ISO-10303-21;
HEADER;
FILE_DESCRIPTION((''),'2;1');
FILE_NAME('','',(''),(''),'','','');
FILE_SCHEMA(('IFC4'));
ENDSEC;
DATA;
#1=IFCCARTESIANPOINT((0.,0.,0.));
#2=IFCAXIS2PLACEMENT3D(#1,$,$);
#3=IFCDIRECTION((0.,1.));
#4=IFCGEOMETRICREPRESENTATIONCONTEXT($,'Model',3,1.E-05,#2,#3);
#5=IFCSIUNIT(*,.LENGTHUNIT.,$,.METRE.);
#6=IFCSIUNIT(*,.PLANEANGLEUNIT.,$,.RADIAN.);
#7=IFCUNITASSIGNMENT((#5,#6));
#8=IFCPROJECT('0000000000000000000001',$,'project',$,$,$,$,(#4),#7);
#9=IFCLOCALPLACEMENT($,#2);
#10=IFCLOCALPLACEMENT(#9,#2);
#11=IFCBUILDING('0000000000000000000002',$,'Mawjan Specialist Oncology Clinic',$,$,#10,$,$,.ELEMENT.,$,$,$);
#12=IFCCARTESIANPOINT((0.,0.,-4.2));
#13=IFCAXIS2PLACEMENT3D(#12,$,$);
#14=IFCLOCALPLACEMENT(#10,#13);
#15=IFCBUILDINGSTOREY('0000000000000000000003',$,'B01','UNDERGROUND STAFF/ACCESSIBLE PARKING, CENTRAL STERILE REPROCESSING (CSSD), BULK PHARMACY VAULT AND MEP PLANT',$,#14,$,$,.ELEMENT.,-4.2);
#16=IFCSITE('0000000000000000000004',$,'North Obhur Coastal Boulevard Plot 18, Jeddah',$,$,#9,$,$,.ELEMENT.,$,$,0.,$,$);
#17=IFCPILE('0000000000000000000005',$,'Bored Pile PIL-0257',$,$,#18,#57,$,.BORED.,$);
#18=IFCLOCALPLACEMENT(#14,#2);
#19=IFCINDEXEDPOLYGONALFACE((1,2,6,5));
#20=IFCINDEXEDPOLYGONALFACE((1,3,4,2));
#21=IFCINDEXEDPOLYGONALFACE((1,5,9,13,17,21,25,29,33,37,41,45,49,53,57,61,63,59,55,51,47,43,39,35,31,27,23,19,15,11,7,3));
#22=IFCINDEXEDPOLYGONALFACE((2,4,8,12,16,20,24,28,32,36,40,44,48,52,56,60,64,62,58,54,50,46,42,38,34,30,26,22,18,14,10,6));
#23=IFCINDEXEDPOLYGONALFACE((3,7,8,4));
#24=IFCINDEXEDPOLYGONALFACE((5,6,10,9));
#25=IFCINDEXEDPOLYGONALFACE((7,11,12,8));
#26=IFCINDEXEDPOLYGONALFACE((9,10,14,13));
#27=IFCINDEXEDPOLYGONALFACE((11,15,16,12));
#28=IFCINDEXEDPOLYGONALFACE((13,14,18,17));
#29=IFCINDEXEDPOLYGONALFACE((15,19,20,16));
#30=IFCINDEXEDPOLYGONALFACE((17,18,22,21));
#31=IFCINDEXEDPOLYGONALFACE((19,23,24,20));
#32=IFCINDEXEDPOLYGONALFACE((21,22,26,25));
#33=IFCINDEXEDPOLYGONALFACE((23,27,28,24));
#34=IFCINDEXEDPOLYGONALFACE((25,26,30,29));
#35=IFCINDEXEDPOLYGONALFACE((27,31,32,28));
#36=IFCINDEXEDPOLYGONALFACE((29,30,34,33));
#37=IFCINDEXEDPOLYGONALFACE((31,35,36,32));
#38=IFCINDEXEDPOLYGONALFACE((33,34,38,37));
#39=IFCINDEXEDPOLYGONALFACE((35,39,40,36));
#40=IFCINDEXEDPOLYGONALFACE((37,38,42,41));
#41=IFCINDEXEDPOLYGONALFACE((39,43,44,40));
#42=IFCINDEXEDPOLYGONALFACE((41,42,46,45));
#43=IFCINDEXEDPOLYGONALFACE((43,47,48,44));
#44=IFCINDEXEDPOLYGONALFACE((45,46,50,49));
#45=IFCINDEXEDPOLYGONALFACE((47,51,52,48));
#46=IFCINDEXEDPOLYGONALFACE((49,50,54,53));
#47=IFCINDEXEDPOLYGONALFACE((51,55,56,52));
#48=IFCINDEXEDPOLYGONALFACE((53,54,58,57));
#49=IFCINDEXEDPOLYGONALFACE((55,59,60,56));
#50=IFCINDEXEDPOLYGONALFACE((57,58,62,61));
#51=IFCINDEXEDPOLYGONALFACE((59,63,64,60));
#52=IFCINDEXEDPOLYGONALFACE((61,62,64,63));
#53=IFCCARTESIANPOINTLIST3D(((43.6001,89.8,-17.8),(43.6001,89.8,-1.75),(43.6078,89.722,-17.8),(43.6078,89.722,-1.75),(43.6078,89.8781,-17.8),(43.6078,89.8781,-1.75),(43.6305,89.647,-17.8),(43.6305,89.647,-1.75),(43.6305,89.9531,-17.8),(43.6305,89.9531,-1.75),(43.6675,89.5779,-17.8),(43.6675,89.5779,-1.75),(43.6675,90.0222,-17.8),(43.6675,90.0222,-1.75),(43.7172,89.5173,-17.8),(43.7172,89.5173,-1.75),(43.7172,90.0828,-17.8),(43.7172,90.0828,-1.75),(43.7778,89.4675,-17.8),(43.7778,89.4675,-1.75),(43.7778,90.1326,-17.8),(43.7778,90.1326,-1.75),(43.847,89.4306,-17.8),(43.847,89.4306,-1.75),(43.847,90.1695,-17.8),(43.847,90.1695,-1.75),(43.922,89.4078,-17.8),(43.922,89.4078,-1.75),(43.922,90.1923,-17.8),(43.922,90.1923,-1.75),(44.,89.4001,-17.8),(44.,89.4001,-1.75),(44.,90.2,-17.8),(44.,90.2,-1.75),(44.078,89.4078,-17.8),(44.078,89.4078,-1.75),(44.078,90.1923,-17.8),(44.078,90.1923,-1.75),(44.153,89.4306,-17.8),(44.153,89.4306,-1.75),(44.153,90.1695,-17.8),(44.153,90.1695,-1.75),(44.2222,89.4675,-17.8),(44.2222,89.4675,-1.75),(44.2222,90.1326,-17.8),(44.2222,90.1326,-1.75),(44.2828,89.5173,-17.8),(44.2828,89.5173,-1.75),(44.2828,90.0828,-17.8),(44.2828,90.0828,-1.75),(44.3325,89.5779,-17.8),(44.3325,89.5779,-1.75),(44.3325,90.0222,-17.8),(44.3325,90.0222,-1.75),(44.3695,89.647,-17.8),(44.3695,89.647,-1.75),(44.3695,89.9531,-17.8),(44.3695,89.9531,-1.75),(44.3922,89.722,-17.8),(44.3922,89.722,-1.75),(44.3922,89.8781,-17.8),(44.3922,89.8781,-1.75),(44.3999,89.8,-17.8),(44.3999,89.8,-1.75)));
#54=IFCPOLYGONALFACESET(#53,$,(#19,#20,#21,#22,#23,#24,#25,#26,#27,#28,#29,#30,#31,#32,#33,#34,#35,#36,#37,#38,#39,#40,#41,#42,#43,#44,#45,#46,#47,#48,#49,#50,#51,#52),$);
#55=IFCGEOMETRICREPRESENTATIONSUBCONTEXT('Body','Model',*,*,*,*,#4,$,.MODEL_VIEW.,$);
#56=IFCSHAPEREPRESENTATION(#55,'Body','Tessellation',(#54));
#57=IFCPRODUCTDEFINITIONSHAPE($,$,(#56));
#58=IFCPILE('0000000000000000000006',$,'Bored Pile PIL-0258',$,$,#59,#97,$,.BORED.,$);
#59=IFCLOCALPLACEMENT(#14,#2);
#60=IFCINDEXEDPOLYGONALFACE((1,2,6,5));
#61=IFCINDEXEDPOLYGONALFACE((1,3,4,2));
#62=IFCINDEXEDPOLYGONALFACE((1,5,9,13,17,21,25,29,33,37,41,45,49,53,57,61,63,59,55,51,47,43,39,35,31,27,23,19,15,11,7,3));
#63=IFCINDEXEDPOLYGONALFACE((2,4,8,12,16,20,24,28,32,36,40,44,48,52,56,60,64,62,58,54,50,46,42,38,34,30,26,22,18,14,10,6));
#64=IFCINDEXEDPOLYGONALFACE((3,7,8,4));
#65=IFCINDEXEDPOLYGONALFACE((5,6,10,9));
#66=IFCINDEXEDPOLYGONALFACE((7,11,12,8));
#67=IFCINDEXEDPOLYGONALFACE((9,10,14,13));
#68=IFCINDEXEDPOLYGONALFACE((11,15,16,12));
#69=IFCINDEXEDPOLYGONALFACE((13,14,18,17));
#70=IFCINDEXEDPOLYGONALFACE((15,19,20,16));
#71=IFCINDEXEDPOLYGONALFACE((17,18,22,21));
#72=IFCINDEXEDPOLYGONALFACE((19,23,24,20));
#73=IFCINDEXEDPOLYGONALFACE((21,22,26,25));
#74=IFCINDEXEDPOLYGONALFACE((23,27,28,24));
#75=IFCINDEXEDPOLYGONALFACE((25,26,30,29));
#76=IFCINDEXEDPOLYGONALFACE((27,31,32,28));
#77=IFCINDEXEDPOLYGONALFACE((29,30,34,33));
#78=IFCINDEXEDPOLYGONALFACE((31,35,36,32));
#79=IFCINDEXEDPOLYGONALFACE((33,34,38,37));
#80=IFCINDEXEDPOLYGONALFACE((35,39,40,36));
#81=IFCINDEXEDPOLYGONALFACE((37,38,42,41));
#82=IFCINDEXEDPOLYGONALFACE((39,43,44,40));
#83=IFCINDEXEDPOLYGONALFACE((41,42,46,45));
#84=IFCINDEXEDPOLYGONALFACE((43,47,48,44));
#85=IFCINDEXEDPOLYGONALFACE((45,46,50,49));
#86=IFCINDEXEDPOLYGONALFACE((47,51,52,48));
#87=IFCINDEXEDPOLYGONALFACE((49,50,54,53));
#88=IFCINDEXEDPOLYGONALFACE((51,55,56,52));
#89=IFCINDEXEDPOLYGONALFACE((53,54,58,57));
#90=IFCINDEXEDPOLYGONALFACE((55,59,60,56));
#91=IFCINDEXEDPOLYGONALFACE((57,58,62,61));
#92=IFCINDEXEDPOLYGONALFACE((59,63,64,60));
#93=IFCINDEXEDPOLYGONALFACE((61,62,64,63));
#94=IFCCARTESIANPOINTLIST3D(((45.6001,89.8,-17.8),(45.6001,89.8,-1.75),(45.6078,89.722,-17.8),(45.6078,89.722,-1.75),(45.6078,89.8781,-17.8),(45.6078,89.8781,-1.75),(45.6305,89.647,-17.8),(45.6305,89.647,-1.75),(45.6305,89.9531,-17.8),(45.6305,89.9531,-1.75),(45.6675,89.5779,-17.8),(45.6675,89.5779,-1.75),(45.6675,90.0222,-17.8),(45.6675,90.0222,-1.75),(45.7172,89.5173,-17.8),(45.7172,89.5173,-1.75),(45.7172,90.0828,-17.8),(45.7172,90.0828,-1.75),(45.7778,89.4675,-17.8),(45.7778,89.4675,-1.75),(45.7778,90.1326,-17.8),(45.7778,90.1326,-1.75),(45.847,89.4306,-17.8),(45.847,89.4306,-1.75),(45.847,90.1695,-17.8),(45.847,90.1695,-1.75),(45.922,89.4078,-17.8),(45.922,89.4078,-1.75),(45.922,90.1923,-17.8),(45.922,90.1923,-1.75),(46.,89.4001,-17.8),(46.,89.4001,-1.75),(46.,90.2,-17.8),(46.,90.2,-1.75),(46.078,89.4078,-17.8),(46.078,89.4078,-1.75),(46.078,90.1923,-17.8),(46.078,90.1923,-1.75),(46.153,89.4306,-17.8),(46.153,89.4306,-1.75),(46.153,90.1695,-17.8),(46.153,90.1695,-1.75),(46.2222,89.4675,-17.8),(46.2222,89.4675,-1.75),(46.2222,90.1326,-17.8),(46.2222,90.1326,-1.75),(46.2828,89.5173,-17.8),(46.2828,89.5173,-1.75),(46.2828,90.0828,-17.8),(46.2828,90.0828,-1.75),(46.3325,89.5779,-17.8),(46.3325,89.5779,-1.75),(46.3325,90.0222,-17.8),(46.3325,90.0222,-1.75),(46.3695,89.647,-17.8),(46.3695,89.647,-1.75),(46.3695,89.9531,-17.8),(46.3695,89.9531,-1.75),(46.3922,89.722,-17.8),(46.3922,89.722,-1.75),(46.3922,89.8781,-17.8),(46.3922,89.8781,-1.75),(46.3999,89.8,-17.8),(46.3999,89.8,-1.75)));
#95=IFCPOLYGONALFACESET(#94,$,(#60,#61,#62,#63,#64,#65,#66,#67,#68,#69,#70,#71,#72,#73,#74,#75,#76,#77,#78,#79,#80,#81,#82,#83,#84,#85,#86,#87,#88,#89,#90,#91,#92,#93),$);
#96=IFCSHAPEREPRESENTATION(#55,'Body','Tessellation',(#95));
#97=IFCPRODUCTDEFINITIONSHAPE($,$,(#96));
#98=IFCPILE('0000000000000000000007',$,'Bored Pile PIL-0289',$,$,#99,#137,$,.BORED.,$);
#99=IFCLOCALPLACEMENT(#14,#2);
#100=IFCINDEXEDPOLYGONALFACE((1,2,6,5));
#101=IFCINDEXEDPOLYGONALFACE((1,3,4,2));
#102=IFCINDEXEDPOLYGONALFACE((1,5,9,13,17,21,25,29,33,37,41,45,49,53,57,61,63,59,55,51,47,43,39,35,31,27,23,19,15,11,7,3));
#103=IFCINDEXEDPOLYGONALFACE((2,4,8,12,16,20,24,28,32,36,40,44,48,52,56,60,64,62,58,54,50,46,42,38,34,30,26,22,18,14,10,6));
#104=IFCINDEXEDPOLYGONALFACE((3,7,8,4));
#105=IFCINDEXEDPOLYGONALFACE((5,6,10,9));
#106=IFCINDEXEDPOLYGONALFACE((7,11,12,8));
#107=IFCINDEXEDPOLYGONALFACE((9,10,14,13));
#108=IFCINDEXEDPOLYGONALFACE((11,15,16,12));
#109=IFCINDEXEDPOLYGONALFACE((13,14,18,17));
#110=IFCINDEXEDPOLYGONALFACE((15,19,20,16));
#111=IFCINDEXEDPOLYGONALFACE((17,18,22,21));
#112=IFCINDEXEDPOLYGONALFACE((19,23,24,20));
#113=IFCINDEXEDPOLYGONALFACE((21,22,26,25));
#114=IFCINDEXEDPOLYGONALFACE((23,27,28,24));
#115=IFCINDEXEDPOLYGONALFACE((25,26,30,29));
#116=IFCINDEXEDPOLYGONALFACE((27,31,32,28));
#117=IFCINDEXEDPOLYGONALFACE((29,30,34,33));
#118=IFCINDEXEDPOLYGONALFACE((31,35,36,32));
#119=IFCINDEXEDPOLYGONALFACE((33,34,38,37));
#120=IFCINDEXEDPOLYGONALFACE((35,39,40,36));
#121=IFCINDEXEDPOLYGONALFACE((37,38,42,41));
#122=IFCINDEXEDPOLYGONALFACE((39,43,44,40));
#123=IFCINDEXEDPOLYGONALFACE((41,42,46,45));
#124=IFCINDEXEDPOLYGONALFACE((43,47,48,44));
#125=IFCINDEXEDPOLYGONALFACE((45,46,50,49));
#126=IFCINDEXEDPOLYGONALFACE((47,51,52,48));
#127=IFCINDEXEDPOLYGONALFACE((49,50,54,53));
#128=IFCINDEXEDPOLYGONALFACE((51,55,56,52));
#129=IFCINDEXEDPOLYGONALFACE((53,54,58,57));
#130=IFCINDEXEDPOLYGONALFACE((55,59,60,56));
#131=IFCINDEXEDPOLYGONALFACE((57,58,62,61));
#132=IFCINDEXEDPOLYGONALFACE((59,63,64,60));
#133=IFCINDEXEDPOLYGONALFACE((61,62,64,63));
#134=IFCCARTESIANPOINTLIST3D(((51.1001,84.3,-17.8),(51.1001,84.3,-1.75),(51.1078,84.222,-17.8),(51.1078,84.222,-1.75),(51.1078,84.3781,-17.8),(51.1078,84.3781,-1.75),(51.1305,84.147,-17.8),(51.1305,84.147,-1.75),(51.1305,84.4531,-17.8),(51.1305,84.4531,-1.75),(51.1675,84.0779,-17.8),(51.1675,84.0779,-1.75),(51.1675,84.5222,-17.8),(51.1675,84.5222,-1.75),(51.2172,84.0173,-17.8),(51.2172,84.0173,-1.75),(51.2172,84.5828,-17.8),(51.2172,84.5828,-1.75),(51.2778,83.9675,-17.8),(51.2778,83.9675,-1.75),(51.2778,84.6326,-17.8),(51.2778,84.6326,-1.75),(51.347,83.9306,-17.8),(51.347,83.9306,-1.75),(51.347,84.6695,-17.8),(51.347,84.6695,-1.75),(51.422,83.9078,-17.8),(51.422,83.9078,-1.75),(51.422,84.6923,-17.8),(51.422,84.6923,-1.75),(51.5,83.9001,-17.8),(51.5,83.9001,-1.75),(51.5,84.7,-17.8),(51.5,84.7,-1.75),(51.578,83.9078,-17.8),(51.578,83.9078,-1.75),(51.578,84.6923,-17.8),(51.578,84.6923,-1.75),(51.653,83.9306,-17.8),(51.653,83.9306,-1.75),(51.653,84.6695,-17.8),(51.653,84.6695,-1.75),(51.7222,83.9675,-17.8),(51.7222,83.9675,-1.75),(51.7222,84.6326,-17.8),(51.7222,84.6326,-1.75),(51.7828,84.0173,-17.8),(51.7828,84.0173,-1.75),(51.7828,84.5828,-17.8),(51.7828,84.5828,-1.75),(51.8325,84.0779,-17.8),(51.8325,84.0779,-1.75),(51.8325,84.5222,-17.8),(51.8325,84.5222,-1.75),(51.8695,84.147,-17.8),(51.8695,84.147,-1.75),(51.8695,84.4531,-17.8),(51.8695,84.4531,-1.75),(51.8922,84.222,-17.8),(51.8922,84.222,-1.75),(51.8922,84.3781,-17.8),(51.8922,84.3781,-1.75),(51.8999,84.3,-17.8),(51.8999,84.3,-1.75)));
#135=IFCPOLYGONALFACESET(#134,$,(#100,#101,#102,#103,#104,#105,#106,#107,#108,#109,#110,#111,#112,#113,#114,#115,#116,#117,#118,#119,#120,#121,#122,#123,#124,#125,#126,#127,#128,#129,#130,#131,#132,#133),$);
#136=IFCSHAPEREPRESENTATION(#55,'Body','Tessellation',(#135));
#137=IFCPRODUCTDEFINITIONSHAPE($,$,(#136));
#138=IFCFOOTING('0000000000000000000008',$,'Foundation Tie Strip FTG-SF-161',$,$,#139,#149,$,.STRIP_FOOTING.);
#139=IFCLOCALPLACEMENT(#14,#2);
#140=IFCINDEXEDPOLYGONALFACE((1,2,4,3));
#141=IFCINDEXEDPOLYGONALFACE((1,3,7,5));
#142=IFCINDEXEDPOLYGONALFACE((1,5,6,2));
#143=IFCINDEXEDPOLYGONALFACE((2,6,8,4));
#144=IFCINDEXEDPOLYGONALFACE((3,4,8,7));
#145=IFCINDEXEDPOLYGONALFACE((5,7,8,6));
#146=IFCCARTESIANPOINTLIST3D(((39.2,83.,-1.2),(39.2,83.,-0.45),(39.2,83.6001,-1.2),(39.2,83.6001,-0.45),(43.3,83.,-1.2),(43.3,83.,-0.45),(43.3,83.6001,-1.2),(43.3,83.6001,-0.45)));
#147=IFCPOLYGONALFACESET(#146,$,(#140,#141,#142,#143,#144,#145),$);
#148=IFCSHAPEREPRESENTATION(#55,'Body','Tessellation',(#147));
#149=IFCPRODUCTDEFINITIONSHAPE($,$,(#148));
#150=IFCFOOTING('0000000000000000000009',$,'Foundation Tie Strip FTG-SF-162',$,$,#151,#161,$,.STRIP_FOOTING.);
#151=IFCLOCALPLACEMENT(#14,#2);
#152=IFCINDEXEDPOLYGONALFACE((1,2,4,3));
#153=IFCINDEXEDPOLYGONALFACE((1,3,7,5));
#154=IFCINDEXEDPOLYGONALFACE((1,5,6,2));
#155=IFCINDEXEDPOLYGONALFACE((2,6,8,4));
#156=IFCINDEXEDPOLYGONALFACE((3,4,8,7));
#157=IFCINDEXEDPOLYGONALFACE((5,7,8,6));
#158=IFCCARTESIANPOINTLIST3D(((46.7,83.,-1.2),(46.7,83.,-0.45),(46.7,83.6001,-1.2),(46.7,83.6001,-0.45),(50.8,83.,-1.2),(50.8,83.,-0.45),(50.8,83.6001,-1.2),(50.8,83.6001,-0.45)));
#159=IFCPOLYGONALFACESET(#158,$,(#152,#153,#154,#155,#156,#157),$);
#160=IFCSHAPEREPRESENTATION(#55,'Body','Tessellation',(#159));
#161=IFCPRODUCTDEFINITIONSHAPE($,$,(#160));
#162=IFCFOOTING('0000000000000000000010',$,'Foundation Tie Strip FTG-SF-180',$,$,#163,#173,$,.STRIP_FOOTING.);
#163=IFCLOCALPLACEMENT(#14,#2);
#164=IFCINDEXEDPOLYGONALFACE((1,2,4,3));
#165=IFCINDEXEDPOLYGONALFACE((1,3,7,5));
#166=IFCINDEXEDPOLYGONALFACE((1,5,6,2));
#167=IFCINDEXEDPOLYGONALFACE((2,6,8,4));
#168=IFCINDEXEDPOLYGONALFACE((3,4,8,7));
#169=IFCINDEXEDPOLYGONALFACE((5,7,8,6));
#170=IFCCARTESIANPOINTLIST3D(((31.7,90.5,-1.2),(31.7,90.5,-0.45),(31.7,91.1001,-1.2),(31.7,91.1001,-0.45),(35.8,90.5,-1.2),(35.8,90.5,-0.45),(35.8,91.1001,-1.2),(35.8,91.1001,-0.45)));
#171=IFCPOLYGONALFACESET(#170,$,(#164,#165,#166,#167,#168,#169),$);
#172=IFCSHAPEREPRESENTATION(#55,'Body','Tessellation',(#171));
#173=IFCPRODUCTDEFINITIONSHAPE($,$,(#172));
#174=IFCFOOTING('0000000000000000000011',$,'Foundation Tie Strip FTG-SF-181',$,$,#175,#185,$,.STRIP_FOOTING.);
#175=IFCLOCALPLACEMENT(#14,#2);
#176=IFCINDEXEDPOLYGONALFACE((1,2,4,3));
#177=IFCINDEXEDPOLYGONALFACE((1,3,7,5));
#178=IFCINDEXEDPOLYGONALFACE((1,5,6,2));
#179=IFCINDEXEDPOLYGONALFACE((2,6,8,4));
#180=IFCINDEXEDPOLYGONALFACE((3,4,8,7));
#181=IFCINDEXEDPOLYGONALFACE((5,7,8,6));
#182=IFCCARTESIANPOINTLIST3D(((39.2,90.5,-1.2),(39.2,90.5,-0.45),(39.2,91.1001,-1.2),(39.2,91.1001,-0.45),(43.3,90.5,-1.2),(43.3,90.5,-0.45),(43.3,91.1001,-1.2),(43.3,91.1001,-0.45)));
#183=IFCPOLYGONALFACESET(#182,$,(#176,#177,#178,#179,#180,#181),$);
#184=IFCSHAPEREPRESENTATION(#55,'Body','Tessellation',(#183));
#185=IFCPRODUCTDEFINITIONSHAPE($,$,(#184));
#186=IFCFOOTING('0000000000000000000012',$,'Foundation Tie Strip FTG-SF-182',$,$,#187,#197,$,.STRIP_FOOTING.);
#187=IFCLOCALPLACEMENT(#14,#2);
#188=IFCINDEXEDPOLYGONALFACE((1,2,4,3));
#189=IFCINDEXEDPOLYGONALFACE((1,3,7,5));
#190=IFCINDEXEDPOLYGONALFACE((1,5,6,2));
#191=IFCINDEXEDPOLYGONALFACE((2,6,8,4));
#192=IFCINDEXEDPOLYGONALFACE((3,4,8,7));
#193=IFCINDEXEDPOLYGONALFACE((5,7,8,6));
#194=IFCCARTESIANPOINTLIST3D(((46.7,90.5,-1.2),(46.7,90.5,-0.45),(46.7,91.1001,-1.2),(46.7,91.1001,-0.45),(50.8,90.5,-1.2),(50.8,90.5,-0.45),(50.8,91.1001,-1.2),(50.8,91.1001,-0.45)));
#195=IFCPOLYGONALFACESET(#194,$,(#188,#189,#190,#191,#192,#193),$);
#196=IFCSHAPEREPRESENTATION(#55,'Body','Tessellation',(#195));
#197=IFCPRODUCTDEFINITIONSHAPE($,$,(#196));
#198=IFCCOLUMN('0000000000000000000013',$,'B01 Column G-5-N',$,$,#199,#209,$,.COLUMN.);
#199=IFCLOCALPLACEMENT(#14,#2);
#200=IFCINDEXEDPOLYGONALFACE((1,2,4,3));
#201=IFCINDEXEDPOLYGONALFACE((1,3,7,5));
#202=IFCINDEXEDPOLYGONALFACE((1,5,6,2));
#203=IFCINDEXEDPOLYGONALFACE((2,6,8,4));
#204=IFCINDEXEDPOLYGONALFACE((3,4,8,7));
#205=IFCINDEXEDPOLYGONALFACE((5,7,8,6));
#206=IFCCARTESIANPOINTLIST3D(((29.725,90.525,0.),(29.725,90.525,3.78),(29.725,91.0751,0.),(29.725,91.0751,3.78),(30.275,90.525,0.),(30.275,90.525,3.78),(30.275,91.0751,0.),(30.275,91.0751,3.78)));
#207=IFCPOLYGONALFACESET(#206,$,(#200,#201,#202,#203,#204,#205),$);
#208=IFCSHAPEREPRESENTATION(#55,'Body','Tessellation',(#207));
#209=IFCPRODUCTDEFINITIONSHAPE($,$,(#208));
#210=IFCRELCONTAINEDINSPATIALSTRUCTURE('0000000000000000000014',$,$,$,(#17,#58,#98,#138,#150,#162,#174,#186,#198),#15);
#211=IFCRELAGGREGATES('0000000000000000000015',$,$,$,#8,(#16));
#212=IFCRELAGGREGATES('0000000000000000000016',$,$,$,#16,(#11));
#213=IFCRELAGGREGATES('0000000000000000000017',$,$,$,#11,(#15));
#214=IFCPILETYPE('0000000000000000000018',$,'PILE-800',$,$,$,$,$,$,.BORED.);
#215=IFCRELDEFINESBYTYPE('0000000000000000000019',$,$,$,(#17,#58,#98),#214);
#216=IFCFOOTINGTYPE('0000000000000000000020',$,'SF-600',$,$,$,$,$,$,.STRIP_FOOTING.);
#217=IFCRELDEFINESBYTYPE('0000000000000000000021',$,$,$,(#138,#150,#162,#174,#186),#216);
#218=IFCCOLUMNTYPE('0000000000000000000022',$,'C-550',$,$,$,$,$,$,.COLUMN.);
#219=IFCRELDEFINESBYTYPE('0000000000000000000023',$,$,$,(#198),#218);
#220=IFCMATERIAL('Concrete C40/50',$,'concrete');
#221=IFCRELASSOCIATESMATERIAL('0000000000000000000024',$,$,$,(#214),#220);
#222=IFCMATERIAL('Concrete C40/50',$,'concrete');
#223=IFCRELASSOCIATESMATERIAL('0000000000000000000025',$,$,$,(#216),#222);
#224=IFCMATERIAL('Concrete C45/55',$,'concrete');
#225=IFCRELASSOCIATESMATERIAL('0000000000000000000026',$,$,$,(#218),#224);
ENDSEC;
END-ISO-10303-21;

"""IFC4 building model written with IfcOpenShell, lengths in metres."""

from ifc_helpers import new_model, si_unit, direction, frame, origin, origin_2d, place, context, subcontext, project, spatial, rectangle, circle, extrude, material, material_profile, profile_set, type_object, element, save


model = new_model("IFC4")

# Units and contexts
model_context = context("Model", 3, precision=1e-05, world=origin(), true_north=direction((0.0, 1.0)))
body_context = subcontext(model_context, "Body", "Model", "MODEL_VIEW")
ifc_project = project(units=[si_unit("LENGTHUNIT", "METRE"), si_unit("PLANEANGLEUNIT", "RADIAN")], contexts=[model_context])

# Site, building, storey
site_placement = place(None, origin())
site = spatial("IfcSite", under=ifc_project, at=site_placement, Name="North Obhur Coastal Boulevard Plot 18, Jeddah", CompositionType="ELEMENT", RefElevation=0.0)
building_placement = place(site_placement, origin())
building = spatial("IfcBuilding", under=site, at=building_placement, Name="Mawjan Specialist Oncology Clinic", CompositionType="ELEMENT")
storey_placement = place(building_placement, frame((0.0, 0.0, -4.2)))
storey = spatial("IfcBuildingStorey", under=building, at=storey_placement, Name="B01", Description="UNDERGROUND STAFF/ACCESSIBLE PARKING, CENTRAL STERILE REPROCESSING (CSSD), BULK PHARMACY VAULT AND MEP PLANT", CompositionType="ELEMENT", Elevation=-4.2)

# Piles
ifc_material_1 = material(Name="Concrete C40/50", Category="concrete")
ifc_material_profile_1 = material_profile(ifc_material_1, circle(Radius=0.3999, at=origin_2d()), Name="BORED PILE D800", Category="concrete")
ifc_profile_set_1 = profile_set([ifc_material_profile_1], Name="Concrete C40/50")
pile_type = type_object("IfcPileType", Name="PILE-800", PredefinedType="BORED", material=ifc_profile_set_1)
for number, where, z_axis, x_axis, name in (
    (1, (44.0, 89.8, -1.75), (0.0, 0.0, -1.0), (1.0, 0.0, 0.0), "Bored Pile PIL-0257"),
    (2, (46.0, 89.8, -1.75), (0.0, 0.0, -1.0), (1.0, 0.0, 0.0), "Bored Pile PIL-0258"),
    (3, (51.5, 84.3, -1.75), (0.0, 0.0, -1.0), (1.0, 0.0, 0.0), "Bored Pile PIL-0289"),
):
    element("IfcPile", number, at=place(storey_placement, frame(where, z_axis=z_axis, x_axis=x_axis)), inside=storey, type_object=pile_type, Name=name, PredefinedType="BORED", context=body_context, shape_type="SweptSolid", body=[
        extrude(circle(Radius=0.3999, at=origin_2d()), origin(), (0.0, 0.0, 1.0), 16.05),
    ])

# Footings
ifc_material_2 = material(Name="Concrete C40/50", Category="concrete")
footing_type_1 = type_object("IfcFootingType", Name="SF-600", PredefinedType="STRIP_FOOTING", material=ifc_material_2)
for number, where, z_axis, x_axis, name in (
    (4, (41.25, 83.3, -1.2), (0.0, 0.0, 1.0), (1.0, 0.0, 0.0), "Foundation Tie Strip FTG-SF-161"),
    (5, (48.75, 83.3, -1.2), (0.0, 0.0, 1.0), (1.0, 0.0, 0.0), "Foundation Tie Strip FTG-SF-162"),
    (6, (33.75, 90.8, -1.2), (0.0, 0.0, 1.0), (1.0, 0.0, 0.0), "Foundation Tie Strip FTG-SF-180"),
    (7, (41.25, 90.8, -1.2), (0.0, 0.0, 1.0), (1.0, 0.0, 0.0), "Foundation Tie Strip FTG-SF-181"),
    (8, (48.75, 90.8, -1.2), (0.0, 0.0, 1.0), (1.0, 0.0, 0.0), "Foundation Tie Strip FTG-SF-182"),
):
    element("IfcFooting", number, at=place(storey_placement, frame(where, z_axis=z_axis, x_axis=x_axis)), inside=storey, type_object=footing_type_1, Name=name, PredefinedType="STRIP_FOOTING", context=body_context, shape_type="SweptSolid", body=[
        extrude(rectangle(XDim=4.1001, YDim=0.6001, at=origin_2d()), origin(), (0.0, 0.0, 1.0), 0.75),
    ])

# Column
ifc_material_3 = material(Name="Concrete C45/55", Category="concrete")
ifc_material_profile_2 = material_profile(ifc_material_3, rectangle(XDim=0.55, YDim=0.55, at=origin_2d()), Name="RC COL 550x550", Category="concrete")
ifc_profile_set_2 = profile_set([ifc_material_profile_2], Name="Concrete C45/55")
column_type_1 = type_object("IfcColumnType", Name="C-550", PredefinedType="COLUMN", material=ifc_profile_set_2)
for number, where, z_axis, x_axis, name in (
    (9, (30.0, 90.8, 0.0), (0.0, 0.0, 1.0), (1.0, 0.0, 0.0), "B01 Column G-5-N"),
):
    element("IfcColumn", number, at=place(storey_placement, frame(where, z_axis=z_axis, x_axis=x_axis)), inside=storey, type_object=column_type_1, Name=name, PredefinedType="COLUMN", context=body_context, shape_type="SweptSolid", body=[
        extrude(rectangle(XDim=0.55, YDim=0.55, at=origin_2d()), origin(), (0.0, 0.0, 1.0), 3.78),
    ])

save(model, "model.ifc")
